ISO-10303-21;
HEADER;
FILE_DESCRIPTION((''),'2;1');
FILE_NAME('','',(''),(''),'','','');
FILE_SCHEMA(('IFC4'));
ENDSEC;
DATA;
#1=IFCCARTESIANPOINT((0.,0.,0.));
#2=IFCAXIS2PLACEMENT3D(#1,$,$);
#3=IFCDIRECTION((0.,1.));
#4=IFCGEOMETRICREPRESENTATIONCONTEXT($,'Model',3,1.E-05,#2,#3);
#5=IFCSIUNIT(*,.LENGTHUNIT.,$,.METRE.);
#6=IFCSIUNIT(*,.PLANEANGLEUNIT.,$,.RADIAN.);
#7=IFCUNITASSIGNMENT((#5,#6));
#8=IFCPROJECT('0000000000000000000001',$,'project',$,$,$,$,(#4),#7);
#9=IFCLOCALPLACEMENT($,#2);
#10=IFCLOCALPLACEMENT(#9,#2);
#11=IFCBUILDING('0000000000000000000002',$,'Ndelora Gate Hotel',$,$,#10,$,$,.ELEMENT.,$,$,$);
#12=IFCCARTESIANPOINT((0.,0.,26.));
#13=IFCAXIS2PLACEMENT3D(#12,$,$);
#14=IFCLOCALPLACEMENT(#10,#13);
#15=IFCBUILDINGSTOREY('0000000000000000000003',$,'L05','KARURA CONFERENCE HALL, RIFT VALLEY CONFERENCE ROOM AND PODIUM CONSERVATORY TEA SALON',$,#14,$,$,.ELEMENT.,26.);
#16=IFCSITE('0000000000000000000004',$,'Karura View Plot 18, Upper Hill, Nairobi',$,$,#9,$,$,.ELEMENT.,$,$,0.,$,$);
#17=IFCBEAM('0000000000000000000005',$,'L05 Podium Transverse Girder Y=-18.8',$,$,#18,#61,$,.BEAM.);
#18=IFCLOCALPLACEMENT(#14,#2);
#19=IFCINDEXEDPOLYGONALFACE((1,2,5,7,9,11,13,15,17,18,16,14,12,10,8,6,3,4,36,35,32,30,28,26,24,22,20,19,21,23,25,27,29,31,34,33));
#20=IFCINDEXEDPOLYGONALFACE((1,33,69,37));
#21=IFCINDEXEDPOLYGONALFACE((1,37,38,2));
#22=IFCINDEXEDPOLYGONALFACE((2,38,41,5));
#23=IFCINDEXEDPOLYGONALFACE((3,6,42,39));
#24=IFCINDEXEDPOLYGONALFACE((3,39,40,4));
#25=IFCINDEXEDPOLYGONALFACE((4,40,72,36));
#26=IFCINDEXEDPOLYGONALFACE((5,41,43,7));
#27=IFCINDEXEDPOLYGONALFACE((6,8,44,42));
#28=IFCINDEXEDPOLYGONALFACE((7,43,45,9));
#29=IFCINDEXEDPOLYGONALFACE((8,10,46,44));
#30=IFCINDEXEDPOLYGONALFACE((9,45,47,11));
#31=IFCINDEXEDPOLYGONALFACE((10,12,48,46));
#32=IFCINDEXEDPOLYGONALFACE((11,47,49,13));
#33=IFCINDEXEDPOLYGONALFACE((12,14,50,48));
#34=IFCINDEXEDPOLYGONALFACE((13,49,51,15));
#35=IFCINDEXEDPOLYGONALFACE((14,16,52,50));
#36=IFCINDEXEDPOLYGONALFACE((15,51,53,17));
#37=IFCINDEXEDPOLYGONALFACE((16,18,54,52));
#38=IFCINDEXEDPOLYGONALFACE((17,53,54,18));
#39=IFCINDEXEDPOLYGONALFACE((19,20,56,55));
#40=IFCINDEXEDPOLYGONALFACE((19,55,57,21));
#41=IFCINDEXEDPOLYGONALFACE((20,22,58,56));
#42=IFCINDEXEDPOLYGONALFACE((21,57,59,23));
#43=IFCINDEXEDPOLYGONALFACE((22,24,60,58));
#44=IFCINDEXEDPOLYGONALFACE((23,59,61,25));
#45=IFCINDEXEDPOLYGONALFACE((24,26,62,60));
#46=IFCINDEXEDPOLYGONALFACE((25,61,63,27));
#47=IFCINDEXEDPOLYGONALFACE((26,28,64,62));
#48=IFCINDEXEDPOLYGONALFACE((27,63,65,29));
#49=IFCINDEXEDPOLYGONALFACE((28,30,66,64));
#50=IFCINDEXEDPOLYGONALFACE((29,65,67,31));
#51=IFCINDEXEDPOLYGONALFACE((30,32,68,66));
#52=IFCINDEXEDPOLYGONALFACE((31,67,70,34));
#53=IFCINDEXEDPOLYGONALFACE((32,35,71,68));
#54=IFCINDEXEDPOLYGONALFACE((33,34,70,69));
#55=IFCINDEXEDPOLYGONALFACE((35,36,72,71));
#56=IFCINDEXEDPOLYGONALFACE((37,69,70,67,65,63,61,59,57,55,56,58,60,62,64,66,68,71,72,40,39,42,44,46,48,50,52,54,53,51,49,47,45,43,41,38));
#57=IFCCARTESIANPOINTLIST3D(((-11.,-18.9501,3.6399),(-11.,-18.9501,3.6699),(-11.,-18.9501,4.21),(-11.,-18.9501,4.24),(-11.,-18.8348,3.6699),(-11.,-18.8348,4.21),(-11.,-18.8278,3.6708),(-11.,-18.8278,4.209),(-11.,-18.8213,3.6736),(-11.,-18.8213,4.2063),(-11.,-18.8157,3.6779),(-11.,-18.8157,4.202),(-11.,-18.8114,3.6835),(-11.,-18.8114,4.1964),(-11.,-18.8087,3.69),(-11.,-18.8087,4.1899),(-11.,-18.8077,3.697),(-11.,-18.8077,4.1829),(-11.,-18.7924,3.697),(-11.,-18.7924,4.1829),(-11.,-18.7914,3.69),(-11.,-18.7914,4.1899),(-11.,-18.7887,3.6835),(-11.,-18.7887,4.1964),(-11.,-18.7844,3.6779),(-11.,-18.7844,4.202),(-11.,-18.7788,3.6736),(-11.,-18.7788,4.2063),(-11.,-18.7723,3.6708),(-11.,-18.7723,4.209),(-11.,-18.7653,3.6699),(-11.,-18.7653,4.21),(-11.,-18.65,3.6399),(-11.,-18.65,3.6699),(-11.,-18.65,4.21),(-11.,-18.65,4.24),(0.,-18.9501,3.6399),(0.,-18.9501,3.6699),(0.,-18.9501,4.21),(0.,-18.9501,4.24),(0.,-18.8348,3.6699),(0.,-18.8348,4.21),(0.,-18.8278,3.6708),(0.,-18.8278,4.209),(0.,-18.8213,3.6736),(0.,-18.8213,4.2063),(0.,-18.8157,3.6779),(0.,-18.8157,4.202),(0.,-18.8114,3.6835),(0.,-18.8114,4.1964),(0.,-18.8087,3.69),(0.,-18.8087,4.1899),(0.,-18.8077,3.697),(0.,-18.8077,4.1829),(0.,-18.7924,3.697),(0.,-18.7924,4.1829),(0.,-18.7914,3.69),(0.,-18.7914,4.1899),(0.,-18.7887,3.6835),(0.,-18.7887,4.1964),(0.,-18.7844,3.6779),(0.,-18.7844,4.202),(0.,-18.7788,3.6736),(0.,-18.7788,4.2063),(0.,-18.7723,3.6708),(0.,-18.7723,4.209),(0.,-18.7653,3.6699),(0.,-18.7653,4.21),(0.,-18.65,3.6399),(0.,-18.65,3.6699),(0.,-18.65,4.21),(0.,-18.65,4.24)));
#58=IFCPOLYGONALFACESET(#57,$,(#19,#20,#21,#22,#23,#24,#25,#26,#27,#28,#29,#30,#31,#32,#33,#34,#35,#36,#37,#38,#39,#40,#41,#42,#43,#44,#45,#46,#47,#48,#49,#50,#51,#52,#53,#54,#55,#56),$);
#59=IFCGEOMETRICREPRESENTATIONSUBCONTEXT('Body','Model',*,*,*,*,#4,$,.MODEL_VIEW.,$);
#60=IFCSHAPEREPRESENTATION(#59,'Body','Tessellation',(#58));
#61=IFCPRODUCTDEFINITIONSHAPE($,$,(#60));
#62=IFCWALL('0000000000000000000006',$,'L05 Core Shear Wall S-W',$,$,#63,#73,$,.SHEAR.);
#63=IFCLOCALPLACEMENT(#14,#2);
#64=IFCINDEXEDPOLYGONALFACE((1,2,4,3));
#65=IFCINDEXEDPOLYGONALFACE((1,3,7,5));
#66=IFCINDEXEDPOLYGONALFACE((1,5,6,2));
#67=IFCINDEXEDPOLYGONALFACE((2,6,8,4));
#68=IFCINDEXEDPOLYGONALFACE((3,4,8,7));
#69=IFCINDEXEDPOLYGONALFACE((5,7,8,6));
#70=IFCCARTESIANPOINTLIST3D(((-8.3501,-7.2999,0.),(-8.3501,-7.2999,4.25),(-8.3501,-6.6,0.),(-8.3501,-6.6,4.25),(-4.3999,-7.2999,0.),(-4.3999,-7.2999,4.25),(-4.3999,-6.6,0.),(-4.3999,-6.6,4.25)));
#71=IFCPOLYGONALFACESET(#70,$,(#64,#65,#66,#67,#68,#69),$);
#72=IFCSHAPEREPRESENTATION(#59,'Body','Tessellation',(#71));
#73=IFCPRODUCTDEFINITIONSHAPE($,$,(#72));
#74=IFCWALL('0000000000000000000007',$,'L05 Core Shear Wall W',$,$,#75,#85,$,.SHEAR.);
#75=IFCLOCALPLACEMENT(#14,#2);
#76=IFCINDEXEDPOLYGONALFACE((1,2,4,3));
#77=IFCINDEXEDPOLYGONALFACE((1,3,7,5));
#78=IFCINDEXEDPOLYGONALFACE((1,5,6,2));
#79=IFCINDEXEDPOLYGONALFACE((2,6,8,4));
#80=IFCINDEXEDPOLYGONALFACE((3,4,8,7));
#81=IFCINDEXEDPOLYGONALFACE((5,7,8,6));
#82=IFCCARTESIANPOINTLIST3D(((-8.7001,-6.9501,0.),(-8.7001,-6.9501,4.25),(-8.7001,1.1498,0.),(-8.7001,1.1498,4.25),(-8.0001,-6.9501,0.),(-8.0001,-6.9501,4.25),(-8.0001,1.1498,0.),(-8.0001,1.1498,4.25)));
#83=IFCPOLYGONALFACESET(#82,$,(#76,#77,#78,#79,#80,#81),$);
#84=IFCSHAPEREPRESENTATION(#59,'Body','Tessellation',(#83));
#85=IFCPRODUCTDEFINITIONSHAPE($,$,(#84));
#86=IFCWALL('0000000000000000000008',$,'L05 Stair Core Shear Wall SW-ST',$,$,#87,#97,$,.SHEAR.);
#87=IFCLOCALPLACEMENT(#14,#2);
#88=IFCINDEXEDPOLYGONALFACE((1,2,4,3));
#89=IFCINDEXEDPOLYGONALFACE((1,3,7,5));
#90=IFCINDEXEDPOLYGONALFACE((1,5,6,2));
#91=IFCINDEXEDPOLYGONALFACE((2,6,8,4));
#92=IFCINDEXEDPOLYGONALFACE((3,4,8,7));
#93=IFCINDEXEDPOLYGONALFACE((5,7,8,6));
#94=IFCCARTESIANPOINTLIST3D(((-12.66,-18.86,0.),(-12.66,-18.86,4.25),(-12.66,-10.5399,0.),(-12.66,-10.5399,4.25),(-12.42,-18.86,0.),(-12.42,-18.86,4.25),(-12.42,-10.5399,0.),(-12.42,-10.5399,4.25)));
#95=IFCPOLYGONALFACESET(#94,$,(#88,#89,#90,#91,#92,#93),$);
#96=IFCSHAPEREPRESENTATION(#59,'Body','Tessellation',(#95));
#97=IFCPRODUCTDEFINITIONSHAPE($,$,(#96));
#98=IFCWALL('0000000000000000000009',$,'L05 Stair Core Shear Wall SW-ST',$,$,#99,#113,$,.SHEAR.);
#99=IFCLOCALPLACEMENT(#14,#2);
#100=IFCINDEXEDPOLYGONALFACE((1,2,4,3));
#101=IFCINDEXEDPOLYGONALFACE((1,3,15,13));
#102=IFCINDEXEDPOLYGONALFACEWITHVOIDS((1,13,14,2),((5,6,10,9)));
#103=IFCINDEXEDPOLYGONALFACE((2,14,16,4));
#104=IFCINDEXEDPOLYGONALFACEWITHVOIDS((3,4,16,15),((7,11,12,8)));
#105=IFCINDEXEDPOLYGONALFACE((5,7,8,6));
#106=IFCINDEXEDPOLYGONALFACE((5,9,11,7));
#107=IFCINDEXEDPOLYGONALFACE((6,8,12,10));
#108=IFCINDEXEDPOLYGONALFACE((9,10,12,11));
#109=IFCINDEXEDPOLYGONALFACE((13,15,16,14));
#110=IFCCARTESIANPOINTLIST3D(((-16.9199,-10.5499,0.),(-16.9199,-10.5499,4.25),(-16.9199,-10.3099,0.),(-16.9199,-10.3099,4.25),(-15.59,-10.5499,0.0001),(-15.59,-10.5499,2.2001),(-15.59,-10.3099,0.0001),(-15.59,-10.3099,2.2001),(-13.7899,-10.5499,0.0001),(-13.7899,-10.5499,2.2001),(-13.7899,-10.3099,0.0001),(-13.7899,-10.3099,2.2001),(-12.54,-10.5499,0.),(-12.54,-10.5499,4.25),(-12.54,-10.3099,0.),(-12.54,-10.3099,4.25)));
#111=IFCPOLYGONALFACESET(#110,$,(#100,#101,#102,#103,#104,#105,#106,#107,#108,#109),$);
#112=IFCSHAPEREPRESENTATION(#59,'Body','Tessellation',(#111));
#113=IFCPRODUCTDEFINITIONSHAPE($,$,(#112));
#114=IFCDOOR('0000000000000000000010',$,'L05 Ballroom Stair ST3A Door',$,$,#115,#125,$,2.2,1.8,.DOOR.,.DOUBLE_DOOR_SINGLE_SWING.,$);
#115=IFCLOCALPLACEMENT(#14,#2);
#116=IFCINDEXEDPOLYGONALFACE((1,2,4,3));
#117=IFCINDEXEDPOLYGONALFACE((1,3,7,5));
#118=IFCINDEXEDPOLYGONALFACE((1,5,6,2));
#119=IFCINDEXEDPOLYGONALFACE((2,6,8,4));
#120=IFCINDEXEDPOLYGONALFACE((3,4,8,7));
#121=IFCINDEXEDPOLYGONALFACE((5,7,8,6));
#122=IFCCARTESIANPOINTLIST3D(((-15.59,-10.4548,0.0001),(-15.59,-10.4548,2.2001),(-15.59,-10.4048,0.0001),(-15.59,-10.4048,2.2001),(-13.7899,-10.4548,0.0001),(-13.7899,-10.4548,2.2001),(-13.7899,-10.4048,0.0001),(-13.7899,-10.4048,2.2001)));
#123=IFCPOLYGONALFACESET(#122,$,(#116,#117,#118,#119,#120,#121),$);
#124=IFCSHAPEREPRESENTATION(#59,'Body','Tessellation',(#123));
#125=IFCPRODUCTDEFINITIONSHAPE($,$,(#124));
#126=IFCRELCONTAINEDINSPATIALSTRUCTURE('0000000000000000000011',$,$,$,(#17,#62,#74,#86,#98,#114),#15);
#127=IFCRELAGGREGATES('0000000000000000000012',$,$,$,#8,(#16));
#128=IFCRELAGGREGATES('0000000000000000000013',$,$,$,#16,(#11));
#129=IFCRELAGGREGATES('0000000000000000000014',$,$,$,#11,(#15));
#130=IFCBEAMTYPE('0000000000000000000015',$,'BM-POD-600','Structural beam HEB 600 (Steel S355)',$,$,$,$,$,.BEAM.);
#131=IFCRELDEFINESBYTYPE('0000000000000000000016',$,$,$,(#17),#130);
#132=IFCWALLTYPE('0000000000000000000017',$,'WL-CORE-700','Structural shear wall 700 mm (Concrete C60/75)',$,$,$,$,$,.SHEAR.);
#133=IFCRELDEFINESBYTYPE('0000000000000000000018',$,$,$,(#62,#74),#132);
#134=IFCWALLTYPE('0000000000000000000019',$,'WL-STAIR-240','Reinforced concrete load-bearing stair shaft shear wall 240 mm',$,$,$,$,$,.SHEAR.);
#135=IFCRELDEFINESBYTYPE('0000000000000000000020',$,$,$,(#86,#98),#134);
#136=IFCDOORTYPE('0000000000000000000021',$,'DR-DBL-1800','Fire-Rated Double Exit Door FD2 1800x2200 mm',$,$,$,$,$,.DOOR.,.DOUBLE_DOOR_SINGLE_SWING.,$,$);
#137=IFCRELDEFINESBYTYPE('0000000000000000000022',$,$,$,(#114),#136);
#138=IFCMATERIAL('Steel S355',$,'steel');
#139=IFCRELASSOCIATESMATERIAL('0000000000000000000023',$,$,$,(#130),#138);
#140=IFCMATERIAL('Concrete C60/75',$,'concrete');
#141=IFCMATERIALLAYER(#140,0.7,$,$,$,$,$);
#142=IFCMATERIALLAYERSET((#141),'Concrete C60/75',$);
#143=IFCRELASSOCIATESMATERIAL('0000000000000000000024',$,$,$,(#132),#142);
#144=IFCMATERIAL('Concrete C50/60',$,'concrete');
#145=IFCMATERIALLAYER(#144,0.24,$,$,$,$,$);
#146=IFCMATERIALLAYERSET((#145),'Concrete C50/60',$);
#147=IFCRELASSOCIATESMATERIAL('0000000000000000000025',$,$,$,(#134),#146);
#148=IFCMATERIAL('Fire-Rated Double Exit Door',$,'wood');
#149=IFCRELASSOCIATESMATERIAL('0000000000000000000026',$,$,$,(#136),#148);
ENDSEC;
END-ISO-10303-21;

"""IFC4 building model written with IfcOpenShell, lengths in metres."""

from ifc_helpers import new_model, si_unit, direction, frame, frame_2d, origin, origin_2d, place, context, subcontext, project, spatial, rectangle, i_section, extrude, material, layer, layer_set, material_profile, profile_set, type_object, element, fill, save


model = new_model("IFC4")

# Units and contexts
model_context = context("Model", 3, precision=1e-05, world=origin(), true_north=direction((0.0, 1.0)))
body_context = subcontext(model_context, "Body", "Model", "MODEL_VIEW")
ifc_project = project(units=[si_unit("LENGTHUNIT", "METRE"), si_unit("PLANEANGLEUNIT", "RADIAN")], contexts=[model_context])

# Site, building, storey
site_placement = place(None, origin())
site = spatial("IfcSite", under=ifc_project, at=site_placement, Name="Karura View Plot 18, Upper Hill, Nairobi", CompositionType="ELEMENT", RefElevation=0.0)
building_placement = place(site_placement, origin())
building = spatial("IfcBuilding", under=site, at=building_placement, Name="Ndelora Gate Hotel", CompositionType="ELEMENT")
storey_placement = place(building_placement, frame((0.0, 0.0, 26.0)))
storey = spatial("IfcBuildingStorey", under=building, at=storey_placement, Name="L05", Description="KARURA CONFERENCE HALL, RIFT VALLEY CONFERENCE ROOM AND PODIUM CONSERVATORY TEA SALON", CompositionType="ELEMENT", Elevation=26.0)

# Shared definitions
ifc_material_1 = material(Name="Concrete C60/75", Category="concrete")

# Beam
ifc_material_2 = material(Name="Steel S355", Category="steel")
ifc_material_profile_1 = material_profile(ifc_material_2, i_section(OverallWidth=0.3, OverallDepth=0.6001, WebThickness=0.0154, FlangeThickness=0.03, FilletRadius=0.0271, at=origin_2d()), Name="HEB 600")
ifc_profile_set_1 = profile_set([ifc_material_profile_1], Name="Steel S355")
beam_type_1 = type_object("IfcBeamType", Name="BM-POD-600", Description="Structural beam HEB 600 (Steel S355)", PredefinedType="BEAM", material=ifc_profile_set_1)
beam_1_placement = place(storey_placement, frame((-11.0, -18.8, 3.9399), z_axis=(1.0, 0.0, 0.0), x_axis=(0.0, 1.0, 0.0)))
element("IfcBeam", 1, at=beam_1_placement, inside=storey, type_object=beam_type_1, Name="L05 Podium Transverse Girder Y=-18.8", PredefinedType="BEAM", context=body_context, shape_type="SweptSolid", body=[
    extrude(i_section(OverallWidth=0.3, OverallDepth=0.6001, WebThickness=0.0154, FlangeThickness=0.03, FilletRadius=0.0271, at=origin_2d()), origin(), (0.0, 0.0, 1.0), 11.0),
])

# Walls
ifc_layer_1 = layer(ifc_material_1, 0.7)
ifc_layer_set_1 = layer_set([ifc_layer_1], Name="Concrete C60/75")
wall_type_1 = type_object("IfcWallType", Name="WL-CORE-700", Description="Structural shear wall 700 mm (Concrete C60/75)", PredefinedType="SHEAR", material=ifc_layer_set_1)
wall_1_placement = place(storey_placement, frame((-8.3501, -6.95, 0.0), z_axis=(0.0, 0.0, 1.0), x_axis=(1.0, 0.0, 0.0)))
element("IfcWall", 2, at=wall_1_placement, inside=storey, type_object=wall_type_1, Name="L05 Core Shear Wall S-W", PredefinedType="SHEAR", context=body_context, shape_type="SweptSolid", body=[
    extrude(rectangle(XDim=3.9502, YDim=0.7, at=frame_2d((1.9751, 0.0))), origin(), (0.0, 0.0, 1.0), 4.25),
])
wall_2_placement = place(storey_placement, frame((-8.3501, -6.95, 0.0), z_axis=(0.0, 0.0, 1.0), x_axis=(0.0, 1.0, 0.0)))
element("IfcWall", 3, at=wall_2_placement, inside=storey, type_object=wall_type_1, Name="L05 Core Shear Wall W", PredefinedType="SHEAR", context=body_context, shape_type="SweptSolid", body=[
    extrude(rectangle(XDim=8.0999, YDim=0.7, at=frame_2d((4.0498, 0.0))), origin(), (0.0, 0.0, 1.0), 4.25),
])
ifc_material_3 = material(Name="Concrete C50/60", Category="concrete")
ifc_layer_2 = layer(ifc_material_3, 0.24)
ifc_layer_set_2 = layer_set([ifc_layer_2], Name="Concrete C50/60")
wall_type_2 = type_object("IfcWallType", Name="WL-STAIR-240", Description="Reinforced concrete load-bearing stair shaft shear wall 240 mm", PredefinedType="SHEAR", material=ifc_layer_set_2)
wall_3_placement = place(storey_placement, frame((-12.54, -18.8601, 0.0), z_axis=(0.0, 0.0, 1.0), x_axis=(0.0, 1.0, 0.0)))
element("IfcWall", 4, at=wall_3_placement, inside=storey, type_object=wall_type_2, Name="L05 Stair Core Shear Wall SW-ST", PredefinedType="SHEAR", context=body_context, shape_type="SweptSolid", body=[
    extrude(rectangle(XDim=8.3201, YDim=0.24, at=frame_2d((4.1602, 0.0))), origin(), (0.0, 0.0, 1.0), 4.25),
])

# Wall, opening, door
wall_4_placement = place(storey_placement, frame((-12.54, -10.4299, 0.0), z_axis=(0.0, 0.0, 1.0), x_axis=(-1.0, 0.0, 0.0)))
wall_4 = element("IfcWall", 5, at=wall_4_placement, inside=storey, type_object=wall_type_2, Name="L05 Stair Core Shear Wall SW-ST", PredefinedType="SHEAR", context=body_context, shape_type="SweptSolid", body=[
    extrude(rectangle(XDim=4.3799, YDim=0.24, at=frame_2d((2.1899, 0.0))), origin(), (0.0, 0.0, 1.0), 4.25),
])
opening_placement = place(wall_4_placement, frame((1.25, 0.0, 0.0)))
opening = element("IfcOpeningElement", 6, at=opening_placement, cuts=wall_4, PredefinedType="OPENING", context=body_context, shape_type="SweptSolid", body=[
    extrude(rectangle(XDim=1.8, YDim=2.2, at=frame_2d((0.8999, 1.1001))), frame((0.0, 0.1299, 0.0), z_axis=(0.0, -1.0, 0.0), x_axis=(1.0, 0.0, 0.0)), (0.0, 0.0, 1.0), 0.26),
])
ifc_material_4 = material(Name="Fire-Rated Double Exit Door", Category="wood")
door_type = type_object("IfcDoorType", Name="DR-DBL-1800", Description="Fire-Rated Double Exit Door FD2 1800x2200 mm", OperationType="DOUBLE_DOOR_SINGLE_SWING", PredefinedType="DOOR", material=ifc_material_4)
door_placement = place(opening_placement, origin())
door = element("IfcDoor", 7, at=door_placement, inside=storey, type_object=door_type, Name="L05 Ballroom Stair ST3A Door", OperationType="DOUBLE_DOOR_SINGLE_SWING", OverallHeight=2.2, OverallWidth=1.8, PredefinedType="DOOR", context=body_context, shape_type="SweptSolid", body=[
    extrude(rectangle(XDim=1.8, YDim=2.2, at=frame_2d((0.8999, 1.1001))), frame((0.0, 0.0249, 0.0), z_axis=(0.0, -1.0, 0.0), x_axis=(1.0, 0.0, 0.0)), (0.0, 0.0, 1.0), 0.05),
])
fill(opening, door)

save(model, "model.ifc")
